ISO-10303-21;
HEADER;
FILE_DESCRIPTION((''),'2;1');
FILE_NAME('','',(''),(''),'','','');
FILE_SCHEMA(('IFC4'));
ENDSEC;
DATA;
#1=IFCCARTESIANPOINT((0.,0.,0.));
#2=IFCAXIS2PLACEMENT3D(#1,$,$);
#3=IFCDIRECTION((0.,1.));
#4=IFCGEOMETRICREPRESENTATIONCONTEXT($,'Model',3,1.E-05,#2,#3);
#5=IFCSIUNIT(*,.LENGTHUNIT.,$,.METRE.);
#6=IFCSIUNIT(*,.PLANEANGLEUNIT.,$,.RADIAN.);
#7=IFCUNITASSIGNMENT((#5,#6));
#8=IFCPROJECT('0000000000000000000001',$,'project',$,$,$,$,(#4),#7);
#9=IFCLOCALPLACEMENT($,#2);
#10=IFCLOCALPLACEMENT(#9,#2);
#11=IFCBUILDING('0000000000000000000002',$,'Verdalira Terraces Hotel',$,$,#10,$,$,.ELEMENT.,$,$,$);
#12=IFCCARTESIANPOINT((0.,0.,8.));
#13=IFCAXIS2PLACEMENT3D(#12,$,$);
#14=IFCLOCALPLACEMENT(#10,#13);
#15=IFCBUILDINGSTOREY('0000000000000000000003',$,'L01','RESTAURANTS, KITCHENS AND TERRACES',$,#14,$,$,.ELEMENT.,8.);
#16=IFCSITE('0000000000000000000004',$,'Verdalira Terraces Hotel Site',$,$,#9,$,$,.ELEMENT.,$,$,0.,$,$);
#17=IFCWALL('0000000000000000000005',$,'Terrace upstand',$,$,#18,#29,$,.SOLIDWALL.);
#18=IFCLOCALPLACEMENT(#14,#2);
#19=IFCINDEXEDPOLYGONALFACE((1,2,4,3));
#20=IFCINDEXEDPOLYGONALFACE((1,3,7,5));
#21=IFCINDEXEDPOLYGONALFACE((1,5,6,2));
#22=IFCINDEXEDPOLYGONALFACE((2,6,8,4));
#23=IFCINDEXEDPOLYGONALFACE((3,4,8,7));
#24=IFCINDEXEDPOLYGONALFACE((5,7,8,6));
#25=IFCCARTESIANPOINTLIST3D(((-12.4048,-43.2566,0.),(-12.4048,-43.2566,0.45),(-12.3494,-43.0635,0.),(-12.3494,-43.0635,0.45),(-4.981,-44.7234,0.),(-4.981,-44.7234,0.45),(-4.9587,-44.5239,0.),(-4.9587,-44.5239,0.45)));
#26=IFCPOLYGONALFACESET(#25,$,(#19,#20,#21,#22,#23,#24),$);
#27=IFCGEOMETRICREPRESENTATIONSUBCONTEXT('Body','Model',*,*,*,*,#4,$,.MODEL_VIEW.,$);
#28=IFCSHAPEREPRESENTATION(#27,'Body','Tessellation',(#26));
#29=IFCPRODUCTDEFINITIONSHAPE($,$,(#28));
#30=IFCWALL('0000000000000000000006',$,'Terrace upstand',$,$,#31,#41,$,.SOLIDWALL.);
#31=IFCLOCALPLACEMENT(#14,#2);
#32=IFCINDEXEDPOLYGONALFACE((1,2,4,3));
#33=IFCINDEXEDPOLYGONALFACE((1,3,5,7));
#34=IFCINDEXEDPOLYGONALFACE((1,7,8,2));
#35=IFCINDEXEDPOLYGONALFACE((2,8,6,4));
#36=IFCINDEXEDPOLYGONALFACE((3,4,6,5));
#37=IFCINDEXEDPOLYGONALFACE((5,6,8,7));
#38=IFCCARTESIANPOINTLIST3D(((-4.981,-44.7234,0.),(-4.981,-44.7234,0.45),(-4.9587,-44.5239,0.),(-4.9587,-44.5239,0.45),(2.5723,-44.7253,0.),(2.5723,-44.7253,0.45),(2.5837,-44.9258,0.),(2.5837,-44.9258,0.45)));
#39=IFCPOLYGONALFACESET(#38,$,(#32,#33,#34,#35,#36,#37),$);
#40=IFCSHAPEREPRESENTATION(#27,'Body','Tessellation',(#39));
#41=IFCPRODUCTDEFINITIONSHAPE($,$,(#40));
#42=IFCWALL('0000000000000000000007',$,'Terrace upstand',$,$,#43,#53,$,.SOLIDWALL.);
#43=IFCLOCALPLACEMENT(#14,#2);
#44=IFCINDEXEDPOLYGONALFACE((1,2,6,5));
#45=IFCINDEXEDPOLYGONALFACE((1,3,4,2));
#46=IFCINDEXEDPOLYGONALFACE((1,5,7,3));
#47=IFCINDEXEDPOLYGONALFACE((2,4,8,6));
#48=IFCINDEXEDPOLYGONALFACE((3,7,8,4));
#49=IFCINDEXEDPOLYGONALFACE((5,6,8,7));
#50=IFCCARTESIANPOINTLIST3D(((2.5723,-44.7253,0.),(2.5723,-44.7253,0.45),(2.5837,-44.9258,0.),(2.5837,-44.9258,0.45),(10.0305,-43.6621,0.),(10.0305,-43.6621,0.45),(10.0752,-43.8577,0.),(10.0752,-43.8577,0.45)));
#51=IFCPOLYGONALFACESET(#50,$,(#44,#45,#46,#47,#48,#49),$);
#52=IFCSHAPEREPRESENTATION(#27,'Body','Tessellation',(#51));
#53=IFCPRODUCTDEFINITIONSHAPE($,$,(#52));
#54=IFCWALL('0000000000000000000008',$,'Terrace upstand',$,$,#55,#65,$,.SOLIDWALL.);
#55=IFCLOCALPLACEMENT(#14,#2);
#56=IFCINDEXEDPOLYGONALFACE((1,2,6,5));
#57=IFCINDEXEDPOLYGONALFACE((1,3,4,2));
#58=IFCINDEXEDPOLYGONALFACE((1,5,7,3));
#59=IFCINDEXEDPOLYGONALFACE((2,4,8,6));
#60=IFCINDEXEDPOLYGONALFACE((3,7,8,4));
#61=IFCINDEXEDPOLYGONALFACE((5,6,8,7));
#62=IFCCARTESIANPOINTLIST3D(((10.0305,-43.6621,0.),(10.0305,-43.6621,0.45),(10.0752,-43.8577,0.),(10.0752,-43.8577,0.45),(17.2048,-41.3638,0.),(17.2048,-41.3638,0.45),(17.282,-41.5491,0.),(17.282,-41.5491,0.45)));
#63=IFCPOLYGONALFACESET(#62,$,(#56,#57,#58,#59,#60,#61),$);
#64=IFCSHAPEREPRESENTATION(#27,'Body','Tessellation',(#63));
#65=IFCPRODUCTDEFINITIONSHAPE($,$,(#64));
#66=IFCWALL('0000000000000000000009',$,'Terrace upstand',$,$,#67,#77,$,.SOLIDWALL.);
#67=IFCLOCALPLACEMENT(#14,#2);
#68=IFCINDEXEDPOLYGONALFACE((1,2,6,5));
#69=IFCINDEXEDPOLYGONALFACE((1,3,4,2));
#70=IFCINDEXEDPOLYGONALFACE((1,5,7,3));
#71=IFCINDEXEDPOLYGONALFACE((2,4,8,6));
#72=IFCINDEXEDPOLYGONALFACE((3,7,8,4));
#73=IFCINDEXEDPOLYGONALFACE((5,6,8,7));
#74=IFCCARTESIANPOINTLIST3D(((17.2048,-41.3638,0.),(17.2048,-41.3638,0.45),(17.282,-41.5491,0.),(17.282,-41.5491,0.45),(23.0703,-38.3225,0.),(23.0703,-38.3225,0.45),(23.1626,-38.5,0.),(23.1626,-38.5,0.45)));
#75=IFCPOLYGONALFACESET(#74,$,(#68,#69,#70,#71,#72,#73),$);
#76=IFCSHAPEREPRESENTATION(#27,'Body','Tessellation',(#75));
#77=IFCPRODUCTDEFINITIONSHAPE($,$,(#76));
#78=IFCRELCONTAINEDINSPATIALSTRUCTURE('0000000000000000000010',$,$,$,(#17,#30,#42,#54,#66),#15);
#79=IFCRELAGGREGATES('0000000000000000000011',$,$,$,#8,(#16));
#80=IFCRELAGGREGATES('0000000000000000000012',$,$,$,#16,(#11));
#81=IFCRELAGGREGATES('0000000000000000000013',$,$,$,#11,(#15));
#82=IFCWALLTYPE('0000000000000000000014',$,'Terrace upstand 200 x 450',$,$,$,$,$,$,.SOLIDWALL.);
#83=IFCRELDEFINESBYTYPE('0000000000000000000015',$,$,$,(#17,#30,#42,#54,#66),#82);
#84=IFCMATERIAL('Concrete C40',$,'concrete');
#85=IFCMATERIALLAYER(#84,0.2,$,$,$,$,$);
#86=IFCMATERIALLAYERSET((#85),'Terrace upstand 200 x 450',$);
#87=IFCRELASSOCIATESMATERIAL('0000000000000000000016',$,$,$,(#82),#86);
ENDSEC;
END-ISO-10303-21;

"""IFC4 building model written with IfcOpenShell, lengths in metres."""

from ifc_helpers import new_model, si_unit, direction, frame, origin, place, context, subcontext, project, spatial, polyline, outline, extrude, material, layer, layer_set, type_object, element, save


model = new_model("IFC4")

# Units and contexts
model_context = context("Model", 3, precision=1e-05, world=origin(), true_north=direction((0.0, 1.0)))
body_context = subcontext(model_context, "Body", "Model", "MODEL_VIEW")
ifc_project = project(units=[si_unit("LENGTHUNIT", "METRE"), si_unit("PLANEANGLEUNIT", "RADIAN")], contexts=[model_context])

# Site, building, storey
site_placement = place(None, origin())
site = spatial("IfcSite", under=ifc_project, at=site_placement, Name="Verdalira Terraces Hotel Site", CompositionType="ELEMENT", RefElevation=0.0)
building_placement = place(site_placement, origin())
building = spatial("IfcBuilding", under=site, at=building_placement, Name="Verdalira Terraces Hotel", CompositionType="ELEMENT")
storey_placement = place(building_placement, frame((0.0, 0.0, 8.0)))
storey = spatial("IfcBuildingStorey", under=building, at=storey_placement, Name="L01", Description="RESTAURANTS, KITCHENS AND TERRACES", CompositionType="ELEMENT", Elevation=8.0)

# Walls
ifc_material_1 = material(Name="Concrete C40", Category="concrete")
ifc_layer_1 = layer(ifc_material_1, 0.2)
ifc_layer_set_1 = layer_set([ifc_layer_1], Name="Terrace upstand 200 x 450")
wall_type_1 = type_object("IfcWallType", Name="Terrace upstand 200 x 450", PredefinedType="SOLIDWALL", material=ifc_layer_set_1)
wall_1_placement = place(storey_placement, origin())
element("IfcWall", 1, at=wall_1_placement, inside=storey, type_object=wall_type_1, Name="Terrace upstand", PredefinedType="SOLIDWALL", context=body_context, shape_type="SweptSolid", body=[
    extrude(outline(polyline([(-12.3494, -43.0635), (-12.4048, -43.2566), (-4.981, -44.7234), (-4.9587, -44.5239), (-12.3494, -43.0635)])), origin(), (0.0, 0.0, 1.0), 0.45),
])
wall_2_placement = place(storey_placement, origin())
element("IfcWall", 2, at=wall_2_placement, inside=storey, type_object=wall_type_1, Name="Terrace upstand", PredefinedType="SOLIDWALL", context=body_context, shape_type="SweptSolid", body=[
    extrude(outline(polyline([(-4.9587, -44.5239), (-4.981, -44.7234), (2.5837, -44.9258), (2.5723, -44.7253), (-4.9587, -44.5239)])), origin(), (0.0, 0.0, 1.0), 0.45),
])
wall_3_placement = place(storey_placement, origin())
element("IfcWall", 3, at=wall_3_placement, inside=storey, type_object=wall_type_1, Name="Terrace upstand", PredefinedType="SOLIDWALL", context=body_context, shape_type="SweptSolid", body=[
    extrude(outline(polyline([(2.5723, -44.7253), (2.5837, -44.9258), (10.0752, -43.8577), (10.0305, -43.6621), (2.5723, -44.7253)])), origin(), (0.0, 0.0, 1.0), 0.45),
])
wall_4_placement = place(storey_placement, origin())
element("IfcWall", 4, at=wall_4_placement, inside=storey, type_object=wall_type_1, Name="Terrace upstand", PredefinedType="SOLIDWALL", context=body_context, shape_type="SweptSolid", body=[
    extrude(outline(polyline([(10.0305, -43.6621), (10.0752, -43.8577), (17.282, -41.5491), (17.2048, -41.3638), (10.0305, -43.6621)])), origin(), (0.0, 0.0, 1.0), 0.45),
])
wall_5_placement = place(storey_placement, origin())
element("IfcWall", 5, at=wall_5_placement, inside=storey, type_object=wall_type_1, Name="Terrace upstand", PredefinedType="SOLIDWALL", context=body_context, shape_type="SweptSolid", body=[
    extrude(outline(polyline([(17.2048, -41.3638), (17.282, -41.5491), (23.1626, -38.5), (23.0703, -38.3225), (17.2048, -41.3638)])), origin(), (0.0, 0.0, 1.0), 0.45),
])

save(model, "model.ifc")
